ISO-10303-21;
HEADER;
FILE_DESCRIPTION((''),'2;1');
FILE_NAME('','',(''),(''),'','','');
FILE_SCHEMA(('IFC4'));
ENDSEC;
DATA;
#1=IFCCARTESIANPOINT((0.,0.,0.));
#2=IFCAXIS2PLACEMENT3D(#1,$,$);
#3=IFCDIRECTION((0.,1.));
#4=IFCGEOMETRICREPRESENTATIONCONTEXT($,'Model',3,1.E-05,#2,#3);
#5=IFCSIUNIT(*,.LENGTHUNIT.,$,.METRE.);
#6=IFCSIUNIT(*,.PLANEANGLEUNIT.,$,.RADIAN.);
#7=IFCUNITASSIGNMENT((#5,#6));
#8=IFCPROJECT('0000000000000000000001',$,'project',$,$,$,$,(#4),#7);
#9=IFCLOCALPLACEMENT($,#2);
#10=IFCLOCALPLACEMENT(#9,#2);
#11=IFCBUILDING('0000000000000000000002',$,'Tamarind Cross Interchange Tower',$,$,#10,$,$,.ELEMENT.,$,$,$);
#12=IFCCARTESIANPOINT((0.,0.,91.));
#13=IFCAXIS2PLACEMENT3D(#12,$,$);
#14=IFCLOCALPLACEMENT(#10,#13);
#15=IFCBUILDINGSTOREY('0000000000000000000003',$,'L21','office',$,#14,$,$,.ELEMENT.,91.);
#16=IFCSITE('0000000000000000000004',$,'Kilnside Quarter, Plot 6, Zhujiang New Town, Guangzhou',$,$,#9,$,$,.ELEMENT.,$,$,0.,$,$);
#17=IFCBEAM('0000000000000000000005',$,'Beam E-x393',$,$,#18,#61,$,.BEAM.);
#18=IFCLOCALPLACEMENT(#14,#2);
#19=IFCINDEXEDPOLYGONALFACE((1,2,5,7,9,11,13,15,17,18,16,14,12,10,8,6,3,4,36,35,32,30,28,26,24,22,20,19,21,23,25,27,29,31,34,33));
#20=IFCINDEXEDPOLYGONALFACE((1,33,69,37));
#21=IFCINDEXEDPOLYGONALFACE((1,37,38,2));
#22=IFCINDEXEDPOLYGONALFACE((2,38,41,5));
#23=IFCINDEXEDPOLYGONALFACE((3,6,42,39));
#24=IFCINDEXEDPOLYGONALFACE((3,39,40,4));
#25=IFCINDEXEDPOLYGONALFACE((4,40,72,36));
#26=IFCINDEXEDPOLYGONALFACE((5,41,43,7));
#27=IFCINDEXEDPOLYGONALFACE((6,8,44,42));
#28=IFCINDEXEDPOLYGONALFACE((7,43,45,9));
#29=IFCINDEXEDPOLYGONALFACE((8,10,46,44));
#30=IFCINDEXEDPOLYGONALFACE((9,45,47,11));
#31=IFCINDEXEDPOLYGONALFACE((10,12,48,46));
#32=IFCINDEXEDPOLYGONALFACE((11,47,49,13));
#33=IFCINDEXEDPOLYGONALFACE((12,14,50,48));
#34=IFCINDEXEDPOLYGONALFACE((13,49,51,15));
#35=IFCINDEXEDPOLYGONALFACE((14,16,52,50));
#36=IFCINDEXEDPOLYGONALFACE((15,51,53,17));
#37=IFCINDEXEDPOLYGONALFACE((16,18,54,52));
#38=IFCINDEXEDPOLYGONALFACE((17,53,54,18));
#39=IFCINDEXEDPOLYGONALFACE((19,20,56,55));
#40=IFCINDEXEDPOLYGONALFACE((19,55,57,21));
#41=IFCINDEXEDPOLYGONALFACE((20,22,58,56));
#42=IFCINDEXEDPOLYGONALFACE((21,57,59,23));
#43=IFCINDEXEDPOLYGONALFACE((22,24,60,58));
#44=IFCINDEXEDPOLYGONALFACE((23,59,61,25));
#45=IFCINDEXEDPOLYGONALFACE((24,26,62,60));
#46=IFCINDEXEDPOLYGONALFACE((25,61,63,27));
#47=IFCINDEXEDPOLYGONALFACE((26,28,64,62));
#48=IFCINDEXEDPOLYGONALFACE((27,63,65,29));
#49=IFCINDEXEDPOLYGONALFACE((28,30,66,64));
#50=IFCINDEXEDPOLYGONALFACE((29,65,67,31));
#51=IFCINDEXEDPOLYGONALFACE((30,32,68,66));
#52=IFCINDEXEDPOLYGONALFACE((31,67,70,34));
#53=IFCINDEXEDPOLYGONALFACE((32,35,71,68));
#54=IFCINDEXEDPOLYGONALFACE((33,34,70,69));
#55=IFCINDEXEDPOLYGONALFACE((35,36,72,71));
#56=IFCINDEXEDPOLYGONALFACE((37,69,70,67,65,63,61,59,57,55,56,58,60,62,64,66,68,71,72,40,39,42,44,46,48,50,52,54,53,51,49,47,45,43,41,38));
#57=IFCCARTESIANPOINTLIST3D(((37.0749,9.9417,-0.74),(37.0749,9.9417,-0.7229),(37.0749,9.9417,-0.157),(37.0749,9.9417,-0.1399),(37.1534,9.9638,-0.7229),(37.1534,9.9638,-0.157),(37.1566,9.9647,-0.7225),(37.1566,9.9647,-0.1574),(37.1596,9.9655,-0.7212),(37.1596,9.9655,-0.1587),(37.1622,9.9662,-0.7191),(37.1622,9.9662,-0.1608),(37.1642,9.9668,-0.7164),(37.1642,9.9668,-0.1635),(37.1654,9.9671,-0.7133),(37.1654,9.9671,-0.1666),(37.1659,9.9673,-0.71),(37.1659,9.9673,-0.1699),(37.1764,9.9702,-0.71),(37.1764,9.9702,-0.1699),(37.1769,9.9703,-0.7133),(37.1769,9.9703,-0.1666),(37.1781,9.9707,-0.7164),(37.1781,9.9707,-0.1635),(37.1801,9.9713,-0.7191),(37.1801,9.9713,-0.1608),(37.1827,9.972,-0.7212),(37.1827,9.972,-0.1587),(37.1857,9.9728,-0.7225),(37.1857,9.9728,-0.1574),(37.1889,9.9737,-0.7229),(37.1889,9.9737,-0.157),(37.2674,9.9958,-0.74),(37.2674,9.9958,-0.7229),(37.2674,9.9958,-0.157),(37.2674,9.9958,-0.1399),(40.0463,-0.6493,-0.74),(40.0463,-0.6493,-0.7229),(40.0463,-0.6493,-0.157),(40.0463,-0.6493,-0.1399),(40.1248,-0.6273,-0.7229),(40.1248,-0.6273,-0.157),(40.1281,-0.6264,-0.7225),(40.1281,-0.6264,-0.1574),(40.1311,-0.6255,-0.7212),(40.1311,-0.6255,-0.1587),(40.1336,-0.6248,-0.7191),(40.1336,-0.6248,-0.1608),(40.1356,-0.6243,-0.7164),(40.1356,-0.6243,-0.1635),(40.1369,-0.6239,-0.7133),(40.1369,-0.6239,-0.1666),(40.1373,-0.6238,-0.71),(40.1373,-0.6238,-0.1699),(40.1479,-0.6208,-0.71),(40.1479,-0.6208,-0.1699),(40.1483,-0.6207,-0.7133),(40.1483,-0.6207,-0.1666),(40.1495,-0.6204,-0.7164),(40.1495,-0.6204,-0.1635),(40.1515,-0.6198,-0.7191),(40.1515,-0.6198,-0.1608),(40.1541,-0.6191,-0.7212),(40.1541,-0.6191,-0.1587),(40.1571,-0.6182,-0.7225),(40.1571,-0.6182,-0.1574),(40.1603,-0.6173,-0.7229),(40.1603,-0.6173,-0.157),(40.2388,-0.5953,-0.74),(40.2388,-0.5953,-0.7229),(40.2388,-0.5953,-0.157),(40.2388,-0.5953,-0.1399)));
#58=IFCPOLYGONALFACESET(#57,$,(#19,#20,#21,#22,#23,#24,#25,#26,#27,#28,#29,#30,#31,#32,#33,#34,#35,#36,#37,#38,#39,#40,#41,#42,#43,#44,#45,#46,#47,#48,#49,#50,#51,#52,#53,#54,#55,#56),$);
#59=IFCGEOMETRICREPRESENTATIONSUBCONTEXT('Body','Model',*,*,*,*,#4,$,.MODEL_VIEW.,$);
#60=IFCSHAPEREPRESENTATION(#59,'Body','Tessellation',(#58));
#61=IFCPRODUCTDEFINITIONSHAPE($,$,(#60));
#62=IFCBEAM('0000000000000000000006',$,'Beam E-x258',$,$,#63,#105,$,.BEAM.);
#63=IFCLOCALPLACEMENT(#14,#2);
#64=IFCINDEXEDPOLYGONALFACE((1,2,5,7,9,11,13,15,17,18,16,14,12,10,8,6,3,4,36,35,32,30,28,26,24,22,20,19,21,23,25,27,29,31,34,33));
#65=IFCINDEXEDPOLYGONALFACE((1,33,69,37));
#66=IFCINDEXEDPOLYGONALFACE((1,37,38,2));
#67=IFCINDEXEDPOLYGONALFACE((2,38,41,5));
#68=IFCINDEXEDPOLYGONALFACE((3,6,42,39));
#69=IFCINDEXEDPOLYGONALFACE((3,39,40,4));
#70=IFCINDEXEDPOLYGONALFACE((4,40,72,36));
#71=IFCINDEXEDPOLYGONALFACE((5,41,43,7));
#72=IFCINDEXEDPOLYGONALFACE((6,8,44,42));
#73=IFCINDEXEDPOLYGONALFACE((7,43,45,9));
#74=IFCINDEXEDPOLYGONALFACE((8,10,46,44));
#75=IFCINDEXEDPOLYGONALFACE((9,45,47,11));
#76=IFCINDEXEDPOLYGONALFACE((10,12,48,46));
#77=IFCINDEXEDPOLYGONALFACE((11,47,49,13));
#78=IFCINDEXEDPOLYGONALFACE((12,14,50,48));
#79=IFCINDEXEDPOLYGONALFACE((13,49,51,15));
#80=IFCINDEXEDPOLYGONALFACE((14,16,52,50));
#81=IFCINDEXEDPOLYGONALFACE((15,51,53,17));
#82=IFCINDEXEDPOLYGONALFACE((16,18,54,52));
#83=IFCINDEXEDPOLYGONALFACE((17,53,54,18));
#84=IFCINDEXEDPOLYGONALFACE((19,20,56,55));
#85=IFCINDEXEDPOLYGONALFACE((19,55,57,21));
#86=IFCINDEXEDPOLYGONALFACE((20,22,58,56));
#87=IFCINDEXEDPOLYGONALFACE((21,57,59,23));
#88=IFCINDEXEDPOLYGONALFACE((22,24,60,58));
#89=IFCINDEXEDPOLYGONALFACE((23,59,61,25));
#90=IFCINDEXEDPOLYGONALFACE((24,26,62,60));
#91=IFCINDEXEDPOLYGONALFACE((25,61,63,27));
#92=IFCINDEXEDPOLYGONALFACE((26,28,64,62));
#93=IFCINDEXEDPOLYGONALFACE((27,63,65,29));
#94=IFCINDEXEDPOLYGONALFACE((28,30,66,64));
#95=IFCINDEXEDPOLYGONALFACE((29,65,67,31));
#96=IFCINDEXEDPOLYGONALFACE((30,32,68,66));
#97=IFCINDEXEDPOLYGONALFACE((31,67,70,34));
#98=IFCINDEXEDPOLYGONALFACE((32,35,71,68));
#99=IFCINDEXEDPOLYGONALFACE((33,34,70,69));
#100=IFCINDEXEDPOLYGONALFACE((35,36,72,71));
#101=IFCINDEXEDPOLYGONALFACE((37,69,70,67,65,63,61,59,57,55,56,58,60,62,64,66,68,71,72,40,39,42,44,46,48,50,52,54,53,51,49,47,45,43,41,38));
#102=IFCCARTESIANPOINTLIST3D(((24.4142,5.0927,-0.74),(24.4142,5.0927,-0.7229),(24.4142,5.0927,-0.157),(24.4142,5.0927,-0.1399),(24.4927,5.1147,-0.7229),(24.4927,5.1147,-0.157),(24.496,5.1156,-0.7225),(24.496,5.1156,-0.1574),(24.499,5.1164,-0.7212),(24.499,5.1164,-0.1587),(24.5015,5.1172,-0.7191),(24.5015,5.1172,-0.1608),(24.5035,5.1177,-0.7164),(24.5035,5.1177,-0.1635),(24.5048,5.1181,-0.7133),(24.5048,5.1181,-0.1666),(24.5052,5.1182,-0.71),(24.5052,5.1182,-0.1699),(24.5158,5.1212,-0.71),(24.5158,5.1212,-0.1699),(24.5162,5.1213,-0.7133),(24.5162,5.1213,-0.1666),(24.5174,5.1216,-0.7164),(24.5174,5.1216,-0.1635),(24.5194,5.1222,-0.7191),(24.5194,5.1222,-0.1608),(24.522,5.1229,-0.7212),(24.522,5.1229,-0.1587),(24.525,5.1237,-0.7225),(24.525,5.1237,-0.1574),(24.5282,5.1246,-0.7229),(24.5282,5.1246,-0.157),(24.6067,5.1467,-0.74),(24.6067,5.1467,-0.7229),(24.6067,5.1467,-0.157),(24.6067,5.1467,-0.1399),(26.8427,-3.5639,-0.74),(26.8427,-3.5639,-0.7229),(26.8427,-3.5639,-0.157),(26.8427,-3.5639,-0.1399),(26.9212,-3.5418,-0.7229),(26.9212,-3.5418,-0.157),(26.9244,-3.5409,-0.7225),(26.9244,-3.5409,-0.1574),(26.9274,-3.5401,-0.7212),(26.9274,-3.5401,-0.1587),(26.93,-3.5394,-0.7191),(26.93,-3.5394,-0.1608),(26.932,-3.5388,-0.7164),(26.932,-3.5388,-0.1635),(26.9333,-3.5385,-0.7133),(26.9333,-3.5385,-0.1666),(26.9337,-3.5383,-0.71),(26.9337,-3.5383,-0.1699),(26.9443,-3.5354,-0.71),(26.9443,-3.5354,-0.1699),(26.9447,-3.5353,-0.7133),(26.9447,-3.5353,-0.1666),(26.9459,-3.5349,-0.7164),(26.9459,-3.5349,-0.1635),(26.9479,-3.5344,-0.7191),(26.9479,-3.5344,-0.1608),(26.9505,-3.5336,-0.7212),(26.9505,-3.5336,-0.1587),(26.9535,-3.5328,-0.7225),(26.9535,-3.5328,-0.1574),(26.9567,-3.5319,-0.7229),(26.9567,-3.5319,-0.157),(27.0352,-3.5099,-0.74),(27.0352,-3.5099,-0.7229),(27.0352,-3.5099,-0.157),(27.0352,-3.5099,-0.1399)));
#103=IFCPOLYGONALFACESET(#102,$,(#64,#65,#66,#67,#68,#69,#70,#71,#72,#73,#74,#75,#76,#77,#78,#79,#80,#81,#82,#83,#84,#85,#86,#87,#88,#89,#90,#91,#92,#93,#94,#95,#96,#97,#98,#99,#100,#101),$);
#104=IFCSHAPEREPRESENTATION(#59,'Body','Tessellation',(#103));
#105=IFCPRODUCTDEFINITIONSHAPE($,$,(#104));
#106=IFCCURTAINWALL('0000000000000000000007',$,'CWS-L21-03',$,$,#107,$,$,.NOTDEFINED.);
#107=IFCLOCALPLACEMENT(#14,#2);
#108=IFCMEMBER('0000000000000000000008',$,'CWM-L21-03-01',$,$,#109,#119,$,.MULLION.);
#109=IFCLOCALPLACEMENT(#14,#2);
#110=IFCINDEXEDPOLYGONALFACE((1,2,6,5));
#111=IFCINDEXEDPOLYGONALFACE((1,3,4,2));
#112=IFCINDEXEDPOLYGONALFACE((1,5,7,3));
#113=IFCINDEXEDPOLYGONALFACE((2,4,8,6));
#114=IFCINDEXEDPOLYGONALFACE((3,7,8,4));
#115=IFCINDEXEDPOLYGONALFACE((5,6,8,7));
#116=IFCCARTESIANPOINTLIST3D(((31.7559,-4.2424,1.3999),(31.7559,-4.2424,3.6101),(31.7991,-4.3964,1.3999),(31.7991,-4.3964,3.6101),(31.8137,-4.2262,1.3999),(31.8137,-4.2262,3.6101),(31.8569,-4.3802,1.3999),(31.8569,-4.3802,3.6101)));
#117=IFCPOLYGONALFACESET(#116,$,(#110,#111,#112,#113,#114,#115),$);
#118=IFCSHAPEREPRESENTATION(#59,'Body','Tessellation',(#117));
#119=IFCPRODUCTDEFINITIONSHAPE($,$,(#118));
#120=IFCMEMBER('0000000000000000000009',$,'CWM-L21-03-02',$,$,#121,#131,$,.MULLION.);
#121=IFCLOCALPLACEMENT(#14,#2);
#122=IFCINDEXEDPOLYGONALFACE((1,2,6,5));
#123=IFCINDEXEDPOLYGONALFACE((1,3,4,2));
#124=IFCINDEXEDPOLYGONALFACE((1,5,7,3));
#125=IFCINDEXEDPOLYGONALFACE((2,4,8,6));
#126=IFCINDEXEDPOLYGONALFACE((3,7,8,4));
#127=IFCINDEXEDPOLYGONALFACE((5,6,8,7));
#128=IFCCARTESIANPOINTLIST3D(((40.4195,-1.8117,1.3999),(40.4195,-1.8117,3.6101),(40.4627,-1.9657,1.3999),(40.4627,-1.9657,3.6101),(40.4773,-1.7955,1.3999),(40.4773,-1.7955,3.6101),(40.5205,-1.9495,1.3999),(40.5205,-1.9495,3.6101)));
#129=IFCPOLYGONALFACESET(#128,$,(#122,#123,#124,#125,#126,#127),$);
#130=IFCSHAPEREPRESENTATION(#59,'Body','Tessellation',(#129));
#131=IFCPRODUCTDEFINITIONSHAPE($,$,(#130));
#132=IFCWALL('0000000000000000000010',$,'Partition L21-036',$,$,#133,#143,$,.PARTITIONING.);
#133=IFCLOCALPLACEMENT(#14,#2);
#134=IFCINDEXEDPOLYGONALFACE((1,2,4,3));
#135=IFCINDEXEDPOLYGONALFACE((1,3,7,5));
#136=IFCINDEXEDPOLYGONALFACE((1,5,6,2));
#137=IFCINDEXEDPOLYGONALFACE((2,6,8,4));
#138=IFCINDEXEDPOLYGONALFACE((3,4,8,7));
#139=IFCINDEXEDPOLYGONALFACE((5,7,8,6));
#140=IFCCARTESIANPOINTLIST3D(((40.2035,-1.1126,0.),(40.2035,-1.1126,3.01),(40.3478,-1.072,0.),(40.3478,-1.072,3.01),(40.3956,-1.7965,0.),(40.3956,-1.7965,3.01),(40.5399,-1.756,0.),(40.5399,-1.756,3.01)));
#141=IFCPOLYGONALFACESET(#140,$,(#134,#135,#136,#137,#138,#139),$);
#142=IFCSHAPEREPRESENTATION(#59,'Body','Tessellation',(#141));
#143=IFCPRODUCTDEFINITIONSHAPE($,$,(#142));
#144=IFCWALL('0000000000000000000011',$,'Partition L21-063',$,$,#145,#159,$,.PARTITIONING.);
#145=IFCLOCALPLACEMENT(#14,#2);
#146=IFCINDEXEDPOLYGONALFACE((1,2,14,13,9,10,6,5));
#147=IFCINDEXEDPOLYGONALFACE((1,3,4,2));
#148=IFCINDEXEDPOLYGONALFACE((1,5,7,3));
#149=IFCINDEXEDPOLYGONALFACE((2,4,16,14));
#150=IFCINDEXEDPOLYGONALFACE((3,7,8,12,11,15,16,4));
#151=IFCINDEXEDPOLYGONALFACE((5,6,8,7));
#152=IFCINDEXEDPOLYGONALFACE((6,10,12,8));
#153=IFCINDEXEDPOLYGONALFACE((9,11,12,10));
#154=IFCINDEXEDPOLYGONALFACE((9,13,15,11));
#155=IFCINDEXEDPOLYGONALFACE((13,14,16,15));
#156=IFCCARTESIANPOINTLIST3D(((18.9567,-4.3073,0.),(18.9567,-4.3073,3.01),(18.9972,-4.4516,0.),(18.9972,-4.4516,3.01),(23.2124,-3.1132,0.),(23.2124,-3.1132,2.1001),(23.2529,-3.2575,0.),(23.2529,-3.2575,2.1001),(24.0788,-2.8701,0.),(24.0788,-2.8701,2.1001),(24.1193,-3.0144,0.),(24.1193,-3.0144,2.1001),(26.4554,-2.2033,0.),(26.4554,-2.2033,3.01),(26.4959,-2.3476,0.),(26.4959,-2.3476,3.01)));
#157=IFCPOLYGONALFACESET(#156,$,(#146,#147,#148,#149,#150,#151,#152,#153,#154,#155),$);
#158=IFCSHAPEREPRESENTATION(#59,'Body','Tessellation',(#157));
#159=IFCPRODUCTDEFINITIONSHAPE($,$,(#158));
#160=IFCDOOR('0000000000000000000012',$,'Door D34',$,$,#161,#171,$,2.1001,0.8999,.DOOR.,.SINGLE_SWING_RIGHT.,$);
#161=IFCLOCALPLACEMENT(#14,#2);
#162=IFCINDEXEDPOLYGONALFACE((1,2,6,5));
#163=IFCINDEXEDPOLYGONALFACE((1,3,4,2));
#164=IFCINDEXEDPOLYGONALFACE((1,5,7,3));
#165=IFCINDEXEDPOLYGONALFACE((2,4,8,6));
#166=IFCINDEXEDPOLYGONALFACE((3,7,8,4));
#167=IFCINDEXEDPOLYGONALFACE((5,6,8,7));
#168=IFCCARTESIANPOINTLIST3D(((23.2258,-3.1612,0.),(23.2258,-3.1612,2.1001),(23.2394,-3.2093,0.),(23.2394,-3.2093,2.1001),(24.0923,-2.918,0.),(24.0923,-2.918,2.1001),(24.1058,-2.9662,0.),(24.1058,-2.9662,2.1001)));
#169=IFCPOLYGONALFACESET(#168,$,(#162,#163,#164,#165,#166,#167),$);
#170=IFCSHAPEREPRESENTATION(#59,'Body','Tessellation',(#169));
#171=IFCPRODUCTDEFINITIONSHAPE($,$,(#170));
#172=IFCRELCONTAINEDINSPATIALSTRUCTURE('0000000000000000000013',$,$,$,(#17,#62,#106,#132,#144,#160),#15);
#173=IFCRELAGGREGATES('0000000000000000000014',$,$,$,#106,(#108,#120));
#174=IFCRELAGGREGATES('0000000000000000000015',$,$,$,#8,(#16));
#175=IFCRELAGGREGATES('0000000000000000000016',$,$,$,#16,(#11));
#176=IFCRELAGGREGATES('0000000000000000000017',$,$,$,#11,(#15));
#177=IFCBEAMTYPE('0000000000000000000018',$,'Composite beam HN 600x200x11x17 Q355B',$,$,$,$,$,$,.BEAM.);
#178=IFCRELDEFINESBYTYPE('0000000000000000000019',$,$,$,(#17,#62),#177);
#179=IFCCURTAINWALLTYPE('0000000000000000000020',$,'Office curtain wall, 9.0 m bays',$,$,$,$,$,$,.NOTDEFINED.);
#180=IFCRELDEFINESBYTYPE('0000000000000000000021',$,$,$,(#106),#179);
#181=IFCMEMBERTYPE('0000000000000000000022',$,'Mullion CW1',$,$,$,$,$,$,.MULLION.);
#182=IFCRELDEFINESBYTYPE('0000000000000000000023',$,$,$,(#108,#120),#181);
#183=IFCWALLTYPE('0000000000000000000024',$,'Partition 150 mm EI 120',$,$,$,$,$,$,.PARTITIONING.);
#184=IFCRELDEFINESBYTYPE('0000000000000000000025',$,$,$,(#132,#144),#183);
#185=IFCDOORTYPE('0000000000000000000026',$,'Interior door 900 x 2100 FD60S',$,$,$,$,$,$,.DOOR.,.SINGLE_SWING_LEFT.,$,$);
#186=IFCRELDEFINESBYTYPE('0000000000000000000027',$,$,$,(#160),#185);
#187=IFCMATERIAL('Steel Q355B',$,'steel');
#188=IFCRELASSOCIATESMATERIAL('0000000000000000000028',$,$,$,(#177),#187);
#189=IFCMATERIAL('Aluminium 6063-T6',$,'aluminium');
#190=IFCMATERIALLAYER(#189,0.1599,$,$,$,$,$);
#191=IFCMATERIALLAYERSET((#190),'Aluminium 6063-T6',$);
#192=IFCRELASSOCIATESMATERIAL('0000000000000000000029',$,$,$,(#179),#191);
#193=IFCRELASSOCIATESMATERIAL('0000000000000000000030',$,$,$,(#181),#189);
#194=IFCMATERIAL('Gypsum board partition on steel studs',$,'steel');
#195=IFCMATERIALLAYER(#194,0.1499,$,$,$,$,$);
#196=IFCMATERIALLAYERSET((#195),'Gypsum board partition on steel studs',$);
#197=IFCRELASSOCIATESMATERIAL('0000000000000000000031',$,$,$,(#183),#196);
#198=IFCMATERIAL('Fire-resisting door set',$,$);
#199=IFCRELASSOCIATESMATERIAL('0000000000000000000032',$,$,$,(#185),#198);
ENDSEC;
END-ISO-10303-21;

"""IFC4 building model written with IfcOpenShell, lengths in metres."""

from ifc_helpers import new_model, si_unit, direction, frame, frame_2d, origin, origin_2d, place, context, subcontext, project, spatial, rectangle, i_section, extrude, material, layer, layer_set, material_profile, profile_set, type_object, element, fill, aggregate, save


model = new_model("IFC4")

# Units and contexts
model_context = context("Model", 3, precision=1e-05, world=origin(), true_north=direction((0.0, 1.0)))
body_context = subcontext(model_context, "Body", "Model", "MODEL_VIEW")
ifc_project = project(units=[si_unit("LENGTHUNIT", "METRE"), si_unit("PLANEANGLEUNIT", "RADIAN")], contexts=[model_context])

# Site, building, storey
site_placement = place(None, origin())
site = spatial("IfcSite", under=ifc_project, at=site_placement, Name="Kilnside Quarter, Plot 6, Zhujiang New Town, Guangzhou", CompositionType="ELEMENT", RefElevation=0.0)
building_placement = place(site_placement, origin())
building = spatial("IfcBuilding", under=site, at=building_placement, Name="Tamarind Cross Interchange Tower", CompositionType="ELEMENT")
storey_placement = place(building_placement, frame((0.0, 0.0, 91.0)))
storey = spatial("IfcBuildingStorey", under=building, at=storey_placement, Name="L21", Description="office", CompositionType="ELEMENT", Elevation=91.0)

# Beams
ifc_material_1 = material(Name="Steel Q355B", Category="steel")
ifc_material_profile_1 = material_profile(ifc_material_1, i_section(OverallWidth=0.2, OverallDepth=0.6001, WebThickness=0.011, FlangeThickness=0.0171, FilletRadius=0.0129, at=origin_2d()), Name="HN 600x200x11x17")
ifc_profile_set_1 = profile_set([ifc_material_profile_1], Name="Steel Q355B")
beam_type_1 = type_object("IfcBeamType", Name="Composite beam HN 600x200x11x17 Q355B", PredefinedType="BEAM", material=ifc_profile_set_1)
for number, where, z_axis, x_axis, name in (
    (1, (40.1426, -0.6223, -0.4399), (-0.27013, 0.962824, 0.0), (-0.962824, -0.27013, 0.0), "Beam E-x393"),
):
    element("IfcBeam", number, at=place(storey_placement, frame(where, z_axis=z_axis, x_axis=x_axis)), inside=storey, type_object=beam_type_1, Name=name, PredefinedType="BEAM", context=body_context, shape_type="SweptSolid", body=[
        extrude(i_section(OverallWidth=0.2, OverallDepth=0.6001, WebThickness=0.011, FlangeThickness=0.0171, FilletRadius=0.0129, at=origin_2d()), origin(), (0.0, 0.0, 1.0), 11.0),
    ])
beam_1_placement = place(storey_placement, frame((26.939, -3.5369, -0.4399), z_axis=(-0.270109, 0.96283, 0.0), x_axis=(-0.96283, -0.270109, 0.0)))
element("IfcBeam", 2, at=beam_1_placement, inside=storey, type_object=beam_type_1, Name="Beam E-x258", PredefinedType="BEAM", context=body_context, shape_type="SweptSolid", body=[
    extrude(i_section(OverallWidth=0.2, OverallDepth=0.6001, WebThickness=0.011, FlangeThickness=0.0171, FilletRadius=0.0129, at=origin_2d()), origin(), (0.0, 0.0, 1.0), 8.9907),
])

# Curtain wall, members
ifc_material_2 = material(Name="Aluminium 6063-T6", Category="aluminium")
ifc_layer_1 = layer(ifc_material_2, 0.1599)
ifc_layer_set_1 = layer_set([ifc_layer_1], Name="Aluminium 6063-T6")
curtain_wall_type = type_object("IfcCurtainWallType", Name="Office curtain wall, 9.0 m bays", PredefinedType="NOTDEFINED", material=ifc_layer_set_1)
curtain_wall_placement = place(storey_placement, origin())
curtain_wall = element("IfcCurtainWall", 3, at=curtain_wall_placement, inside=storey, type_object=curtain_wall_type, Name="CWS-L21-03", PredefinedType="NOTDEFINED")
ifc_material_profile_2 = material_profile(ifc_material_2, rectangle(XDim=0.0601, YDim=0.1599, at=origin_2d()), Name="Mullion CW1")
ifc_profile_set_2 = profile_set([ifc_material_profile_2], Name="Aluminium 6063-T6")
member_type = type_object("IfcMemberType", Name="Mullion CW1", PredefinedType="MULLION", material=ifc_profile_set_2)
member_1_placement = place(storey_placement, frame((31.8064, -4.3113, 1.3999), z_axis=(0.0, 0.0, 1.0), x_axis=(0.962824, 0.27013, 0.0)))
member_1 = element("IfcMember", 4, at=member_1_placement, type_object=member_type, Name="CWM-L21-03-01", PredefinedType="MULLION", context=body_context, shape_type="SweptSolid", body=[
    extrude(rectangle(XDim=0.0601, YDim=0.1599, at=origin_2d()), origin(), (0.0, 0.0, 1.0), 2.2102),
])
member_2_placement = place(storey_placement, frame((40.47, -1.8806, 1.3999), z_axis=(0.0, 0.0, 1.0), x_axis=(0.962824, 0.27013, 0.0)))
member_2 = element("IfcMember", 5, at=member_2_placement, type_object=member_type, Name="CWM-L21-03-02", PredefinedType="MULLION", context=body_context, shape_type="SweptSolid", body=[
    extrude(rectangle(XDim=0.0601, YDim=0.1599, at=origin_2d()), origin(), (0.0, 0.0, 1.0), 2.2102),
])
aggregate(curtain_wall, [member_1, member_2])

# Wall
ifc_material_3 = material(Name="Gypsum board partition on steel studs", Category="steel")
ifc_layer_2 = layer(ifc_material_3, 0.1499)
ifc_layer_set_2 = layer_set([ifc_layer_2], Name="Gypsum board partition on steel studs")
wall_type_1 = type_object("IfcWallType", Name="Partition 150 mm EI 120", PredefinedType="PARTITIONING", material=ifc_layer_set_2)
wall_1_placement = place(storey_placement, frame((40.2756, -1.0923, 0.0), z_axis=(0.0, 0.0, 1.0), x_axis=(0.270407, -0.962746, 0.0)))
element("IfcWall", 6, at=wall_1_placement, inside=storey, type_object=wall_type_1, Name="Partition L21-036", PredefinedType="PARTITIONING", context=body_context, shape_type="SweptSolid", body=[
    extrude(rectangle(XDim=0.7104, YDim=0.1499, at=frame_2d((0.3552, 0.0))), origin(), (0.0, 0.0, 1.0), 3.01),
])

# Wall, opening, door
wall_2_placement = place(storey_placement, frame((18.9771, -4.3794, 0.0), z_axis=(0.0, 0.0, 1.0), x_axis=(0.962819, 0.270147, 0.0)))
wall_2 = element("IfcWall", 7, at=wall_2_placement, inside=storey, type_object=wall_type_1, Name="Partition L21-063", PredefinedType="PARTITIONING", context=body_context, shape_type="SweptSolid", body=[
    extrude(rectangle(XDim=7.7883, YDim=0.1499, at=frame_2d((3.894, 0.0))), origin(), (0.0, 0.0, 1.0), 3.01),
])
opening_1_placement = place(wall_2_placement, frame((4.4199, 0.0, 0.0)))
opening_1 = element("IfcOpeningElement", 8, at=opening_1_placement, cuts=wall_2, PredefinedType="OPENING", context=body_context, shape_type="SweptSolid", body=[
    extrude(rectangle(XDim=0.8999, YDim=2.1001, at=frame_2d((0.45, 1.05))), frame((0.0, 0.085, 0.0), z_axis=(0.0, -1.0, 0.0), x_axis=(1.0, 0.0, 0.0)), (0.0, 0.0, 1.0), 0.1699),
])
ifc_material_4 = material(Name="Fire-resisting door set")
door_type_1 = type_object("IfcDoorType", Name="Interior door 900 x 2100 FD60S", OperationType="SINGLE_SWING_LEFT", PredefinedType="DOOR", material=ifc_material_4)
door_1_placement = place(opening_1_placement, frame((0.8999, 0.0, 0.0), z_axis=(0.0, 0.0, 1.0), x_axis=(-1.0, 0.0, 0.0)))
door_1 = element("IfcDoor", 9, at=door_1_placement, inside=storey, type_object=door_type_1, Name="Door D34", OperationType="SINGLE_SWING_RIGHT", OverallHeight=2.1001, OverallWidth=0.8999, PredefinedType="DOOR", context=body_context, shape_type="SweptSolid", body=[
    extrude(rectangle(XDim=0.8999, YDim=2.1001, at=frame_2d((0.45, 1.05))), frame((0.0, 0.0249, 0.0), z_axis=(0.0, -1.0, 0.0), x_axis=(1.0, 0.0, 0.0)), (0.0, 0.0, 1.0), 0.05),
])
fill(opening_1, door_1)

save(model, "model.ifc")
